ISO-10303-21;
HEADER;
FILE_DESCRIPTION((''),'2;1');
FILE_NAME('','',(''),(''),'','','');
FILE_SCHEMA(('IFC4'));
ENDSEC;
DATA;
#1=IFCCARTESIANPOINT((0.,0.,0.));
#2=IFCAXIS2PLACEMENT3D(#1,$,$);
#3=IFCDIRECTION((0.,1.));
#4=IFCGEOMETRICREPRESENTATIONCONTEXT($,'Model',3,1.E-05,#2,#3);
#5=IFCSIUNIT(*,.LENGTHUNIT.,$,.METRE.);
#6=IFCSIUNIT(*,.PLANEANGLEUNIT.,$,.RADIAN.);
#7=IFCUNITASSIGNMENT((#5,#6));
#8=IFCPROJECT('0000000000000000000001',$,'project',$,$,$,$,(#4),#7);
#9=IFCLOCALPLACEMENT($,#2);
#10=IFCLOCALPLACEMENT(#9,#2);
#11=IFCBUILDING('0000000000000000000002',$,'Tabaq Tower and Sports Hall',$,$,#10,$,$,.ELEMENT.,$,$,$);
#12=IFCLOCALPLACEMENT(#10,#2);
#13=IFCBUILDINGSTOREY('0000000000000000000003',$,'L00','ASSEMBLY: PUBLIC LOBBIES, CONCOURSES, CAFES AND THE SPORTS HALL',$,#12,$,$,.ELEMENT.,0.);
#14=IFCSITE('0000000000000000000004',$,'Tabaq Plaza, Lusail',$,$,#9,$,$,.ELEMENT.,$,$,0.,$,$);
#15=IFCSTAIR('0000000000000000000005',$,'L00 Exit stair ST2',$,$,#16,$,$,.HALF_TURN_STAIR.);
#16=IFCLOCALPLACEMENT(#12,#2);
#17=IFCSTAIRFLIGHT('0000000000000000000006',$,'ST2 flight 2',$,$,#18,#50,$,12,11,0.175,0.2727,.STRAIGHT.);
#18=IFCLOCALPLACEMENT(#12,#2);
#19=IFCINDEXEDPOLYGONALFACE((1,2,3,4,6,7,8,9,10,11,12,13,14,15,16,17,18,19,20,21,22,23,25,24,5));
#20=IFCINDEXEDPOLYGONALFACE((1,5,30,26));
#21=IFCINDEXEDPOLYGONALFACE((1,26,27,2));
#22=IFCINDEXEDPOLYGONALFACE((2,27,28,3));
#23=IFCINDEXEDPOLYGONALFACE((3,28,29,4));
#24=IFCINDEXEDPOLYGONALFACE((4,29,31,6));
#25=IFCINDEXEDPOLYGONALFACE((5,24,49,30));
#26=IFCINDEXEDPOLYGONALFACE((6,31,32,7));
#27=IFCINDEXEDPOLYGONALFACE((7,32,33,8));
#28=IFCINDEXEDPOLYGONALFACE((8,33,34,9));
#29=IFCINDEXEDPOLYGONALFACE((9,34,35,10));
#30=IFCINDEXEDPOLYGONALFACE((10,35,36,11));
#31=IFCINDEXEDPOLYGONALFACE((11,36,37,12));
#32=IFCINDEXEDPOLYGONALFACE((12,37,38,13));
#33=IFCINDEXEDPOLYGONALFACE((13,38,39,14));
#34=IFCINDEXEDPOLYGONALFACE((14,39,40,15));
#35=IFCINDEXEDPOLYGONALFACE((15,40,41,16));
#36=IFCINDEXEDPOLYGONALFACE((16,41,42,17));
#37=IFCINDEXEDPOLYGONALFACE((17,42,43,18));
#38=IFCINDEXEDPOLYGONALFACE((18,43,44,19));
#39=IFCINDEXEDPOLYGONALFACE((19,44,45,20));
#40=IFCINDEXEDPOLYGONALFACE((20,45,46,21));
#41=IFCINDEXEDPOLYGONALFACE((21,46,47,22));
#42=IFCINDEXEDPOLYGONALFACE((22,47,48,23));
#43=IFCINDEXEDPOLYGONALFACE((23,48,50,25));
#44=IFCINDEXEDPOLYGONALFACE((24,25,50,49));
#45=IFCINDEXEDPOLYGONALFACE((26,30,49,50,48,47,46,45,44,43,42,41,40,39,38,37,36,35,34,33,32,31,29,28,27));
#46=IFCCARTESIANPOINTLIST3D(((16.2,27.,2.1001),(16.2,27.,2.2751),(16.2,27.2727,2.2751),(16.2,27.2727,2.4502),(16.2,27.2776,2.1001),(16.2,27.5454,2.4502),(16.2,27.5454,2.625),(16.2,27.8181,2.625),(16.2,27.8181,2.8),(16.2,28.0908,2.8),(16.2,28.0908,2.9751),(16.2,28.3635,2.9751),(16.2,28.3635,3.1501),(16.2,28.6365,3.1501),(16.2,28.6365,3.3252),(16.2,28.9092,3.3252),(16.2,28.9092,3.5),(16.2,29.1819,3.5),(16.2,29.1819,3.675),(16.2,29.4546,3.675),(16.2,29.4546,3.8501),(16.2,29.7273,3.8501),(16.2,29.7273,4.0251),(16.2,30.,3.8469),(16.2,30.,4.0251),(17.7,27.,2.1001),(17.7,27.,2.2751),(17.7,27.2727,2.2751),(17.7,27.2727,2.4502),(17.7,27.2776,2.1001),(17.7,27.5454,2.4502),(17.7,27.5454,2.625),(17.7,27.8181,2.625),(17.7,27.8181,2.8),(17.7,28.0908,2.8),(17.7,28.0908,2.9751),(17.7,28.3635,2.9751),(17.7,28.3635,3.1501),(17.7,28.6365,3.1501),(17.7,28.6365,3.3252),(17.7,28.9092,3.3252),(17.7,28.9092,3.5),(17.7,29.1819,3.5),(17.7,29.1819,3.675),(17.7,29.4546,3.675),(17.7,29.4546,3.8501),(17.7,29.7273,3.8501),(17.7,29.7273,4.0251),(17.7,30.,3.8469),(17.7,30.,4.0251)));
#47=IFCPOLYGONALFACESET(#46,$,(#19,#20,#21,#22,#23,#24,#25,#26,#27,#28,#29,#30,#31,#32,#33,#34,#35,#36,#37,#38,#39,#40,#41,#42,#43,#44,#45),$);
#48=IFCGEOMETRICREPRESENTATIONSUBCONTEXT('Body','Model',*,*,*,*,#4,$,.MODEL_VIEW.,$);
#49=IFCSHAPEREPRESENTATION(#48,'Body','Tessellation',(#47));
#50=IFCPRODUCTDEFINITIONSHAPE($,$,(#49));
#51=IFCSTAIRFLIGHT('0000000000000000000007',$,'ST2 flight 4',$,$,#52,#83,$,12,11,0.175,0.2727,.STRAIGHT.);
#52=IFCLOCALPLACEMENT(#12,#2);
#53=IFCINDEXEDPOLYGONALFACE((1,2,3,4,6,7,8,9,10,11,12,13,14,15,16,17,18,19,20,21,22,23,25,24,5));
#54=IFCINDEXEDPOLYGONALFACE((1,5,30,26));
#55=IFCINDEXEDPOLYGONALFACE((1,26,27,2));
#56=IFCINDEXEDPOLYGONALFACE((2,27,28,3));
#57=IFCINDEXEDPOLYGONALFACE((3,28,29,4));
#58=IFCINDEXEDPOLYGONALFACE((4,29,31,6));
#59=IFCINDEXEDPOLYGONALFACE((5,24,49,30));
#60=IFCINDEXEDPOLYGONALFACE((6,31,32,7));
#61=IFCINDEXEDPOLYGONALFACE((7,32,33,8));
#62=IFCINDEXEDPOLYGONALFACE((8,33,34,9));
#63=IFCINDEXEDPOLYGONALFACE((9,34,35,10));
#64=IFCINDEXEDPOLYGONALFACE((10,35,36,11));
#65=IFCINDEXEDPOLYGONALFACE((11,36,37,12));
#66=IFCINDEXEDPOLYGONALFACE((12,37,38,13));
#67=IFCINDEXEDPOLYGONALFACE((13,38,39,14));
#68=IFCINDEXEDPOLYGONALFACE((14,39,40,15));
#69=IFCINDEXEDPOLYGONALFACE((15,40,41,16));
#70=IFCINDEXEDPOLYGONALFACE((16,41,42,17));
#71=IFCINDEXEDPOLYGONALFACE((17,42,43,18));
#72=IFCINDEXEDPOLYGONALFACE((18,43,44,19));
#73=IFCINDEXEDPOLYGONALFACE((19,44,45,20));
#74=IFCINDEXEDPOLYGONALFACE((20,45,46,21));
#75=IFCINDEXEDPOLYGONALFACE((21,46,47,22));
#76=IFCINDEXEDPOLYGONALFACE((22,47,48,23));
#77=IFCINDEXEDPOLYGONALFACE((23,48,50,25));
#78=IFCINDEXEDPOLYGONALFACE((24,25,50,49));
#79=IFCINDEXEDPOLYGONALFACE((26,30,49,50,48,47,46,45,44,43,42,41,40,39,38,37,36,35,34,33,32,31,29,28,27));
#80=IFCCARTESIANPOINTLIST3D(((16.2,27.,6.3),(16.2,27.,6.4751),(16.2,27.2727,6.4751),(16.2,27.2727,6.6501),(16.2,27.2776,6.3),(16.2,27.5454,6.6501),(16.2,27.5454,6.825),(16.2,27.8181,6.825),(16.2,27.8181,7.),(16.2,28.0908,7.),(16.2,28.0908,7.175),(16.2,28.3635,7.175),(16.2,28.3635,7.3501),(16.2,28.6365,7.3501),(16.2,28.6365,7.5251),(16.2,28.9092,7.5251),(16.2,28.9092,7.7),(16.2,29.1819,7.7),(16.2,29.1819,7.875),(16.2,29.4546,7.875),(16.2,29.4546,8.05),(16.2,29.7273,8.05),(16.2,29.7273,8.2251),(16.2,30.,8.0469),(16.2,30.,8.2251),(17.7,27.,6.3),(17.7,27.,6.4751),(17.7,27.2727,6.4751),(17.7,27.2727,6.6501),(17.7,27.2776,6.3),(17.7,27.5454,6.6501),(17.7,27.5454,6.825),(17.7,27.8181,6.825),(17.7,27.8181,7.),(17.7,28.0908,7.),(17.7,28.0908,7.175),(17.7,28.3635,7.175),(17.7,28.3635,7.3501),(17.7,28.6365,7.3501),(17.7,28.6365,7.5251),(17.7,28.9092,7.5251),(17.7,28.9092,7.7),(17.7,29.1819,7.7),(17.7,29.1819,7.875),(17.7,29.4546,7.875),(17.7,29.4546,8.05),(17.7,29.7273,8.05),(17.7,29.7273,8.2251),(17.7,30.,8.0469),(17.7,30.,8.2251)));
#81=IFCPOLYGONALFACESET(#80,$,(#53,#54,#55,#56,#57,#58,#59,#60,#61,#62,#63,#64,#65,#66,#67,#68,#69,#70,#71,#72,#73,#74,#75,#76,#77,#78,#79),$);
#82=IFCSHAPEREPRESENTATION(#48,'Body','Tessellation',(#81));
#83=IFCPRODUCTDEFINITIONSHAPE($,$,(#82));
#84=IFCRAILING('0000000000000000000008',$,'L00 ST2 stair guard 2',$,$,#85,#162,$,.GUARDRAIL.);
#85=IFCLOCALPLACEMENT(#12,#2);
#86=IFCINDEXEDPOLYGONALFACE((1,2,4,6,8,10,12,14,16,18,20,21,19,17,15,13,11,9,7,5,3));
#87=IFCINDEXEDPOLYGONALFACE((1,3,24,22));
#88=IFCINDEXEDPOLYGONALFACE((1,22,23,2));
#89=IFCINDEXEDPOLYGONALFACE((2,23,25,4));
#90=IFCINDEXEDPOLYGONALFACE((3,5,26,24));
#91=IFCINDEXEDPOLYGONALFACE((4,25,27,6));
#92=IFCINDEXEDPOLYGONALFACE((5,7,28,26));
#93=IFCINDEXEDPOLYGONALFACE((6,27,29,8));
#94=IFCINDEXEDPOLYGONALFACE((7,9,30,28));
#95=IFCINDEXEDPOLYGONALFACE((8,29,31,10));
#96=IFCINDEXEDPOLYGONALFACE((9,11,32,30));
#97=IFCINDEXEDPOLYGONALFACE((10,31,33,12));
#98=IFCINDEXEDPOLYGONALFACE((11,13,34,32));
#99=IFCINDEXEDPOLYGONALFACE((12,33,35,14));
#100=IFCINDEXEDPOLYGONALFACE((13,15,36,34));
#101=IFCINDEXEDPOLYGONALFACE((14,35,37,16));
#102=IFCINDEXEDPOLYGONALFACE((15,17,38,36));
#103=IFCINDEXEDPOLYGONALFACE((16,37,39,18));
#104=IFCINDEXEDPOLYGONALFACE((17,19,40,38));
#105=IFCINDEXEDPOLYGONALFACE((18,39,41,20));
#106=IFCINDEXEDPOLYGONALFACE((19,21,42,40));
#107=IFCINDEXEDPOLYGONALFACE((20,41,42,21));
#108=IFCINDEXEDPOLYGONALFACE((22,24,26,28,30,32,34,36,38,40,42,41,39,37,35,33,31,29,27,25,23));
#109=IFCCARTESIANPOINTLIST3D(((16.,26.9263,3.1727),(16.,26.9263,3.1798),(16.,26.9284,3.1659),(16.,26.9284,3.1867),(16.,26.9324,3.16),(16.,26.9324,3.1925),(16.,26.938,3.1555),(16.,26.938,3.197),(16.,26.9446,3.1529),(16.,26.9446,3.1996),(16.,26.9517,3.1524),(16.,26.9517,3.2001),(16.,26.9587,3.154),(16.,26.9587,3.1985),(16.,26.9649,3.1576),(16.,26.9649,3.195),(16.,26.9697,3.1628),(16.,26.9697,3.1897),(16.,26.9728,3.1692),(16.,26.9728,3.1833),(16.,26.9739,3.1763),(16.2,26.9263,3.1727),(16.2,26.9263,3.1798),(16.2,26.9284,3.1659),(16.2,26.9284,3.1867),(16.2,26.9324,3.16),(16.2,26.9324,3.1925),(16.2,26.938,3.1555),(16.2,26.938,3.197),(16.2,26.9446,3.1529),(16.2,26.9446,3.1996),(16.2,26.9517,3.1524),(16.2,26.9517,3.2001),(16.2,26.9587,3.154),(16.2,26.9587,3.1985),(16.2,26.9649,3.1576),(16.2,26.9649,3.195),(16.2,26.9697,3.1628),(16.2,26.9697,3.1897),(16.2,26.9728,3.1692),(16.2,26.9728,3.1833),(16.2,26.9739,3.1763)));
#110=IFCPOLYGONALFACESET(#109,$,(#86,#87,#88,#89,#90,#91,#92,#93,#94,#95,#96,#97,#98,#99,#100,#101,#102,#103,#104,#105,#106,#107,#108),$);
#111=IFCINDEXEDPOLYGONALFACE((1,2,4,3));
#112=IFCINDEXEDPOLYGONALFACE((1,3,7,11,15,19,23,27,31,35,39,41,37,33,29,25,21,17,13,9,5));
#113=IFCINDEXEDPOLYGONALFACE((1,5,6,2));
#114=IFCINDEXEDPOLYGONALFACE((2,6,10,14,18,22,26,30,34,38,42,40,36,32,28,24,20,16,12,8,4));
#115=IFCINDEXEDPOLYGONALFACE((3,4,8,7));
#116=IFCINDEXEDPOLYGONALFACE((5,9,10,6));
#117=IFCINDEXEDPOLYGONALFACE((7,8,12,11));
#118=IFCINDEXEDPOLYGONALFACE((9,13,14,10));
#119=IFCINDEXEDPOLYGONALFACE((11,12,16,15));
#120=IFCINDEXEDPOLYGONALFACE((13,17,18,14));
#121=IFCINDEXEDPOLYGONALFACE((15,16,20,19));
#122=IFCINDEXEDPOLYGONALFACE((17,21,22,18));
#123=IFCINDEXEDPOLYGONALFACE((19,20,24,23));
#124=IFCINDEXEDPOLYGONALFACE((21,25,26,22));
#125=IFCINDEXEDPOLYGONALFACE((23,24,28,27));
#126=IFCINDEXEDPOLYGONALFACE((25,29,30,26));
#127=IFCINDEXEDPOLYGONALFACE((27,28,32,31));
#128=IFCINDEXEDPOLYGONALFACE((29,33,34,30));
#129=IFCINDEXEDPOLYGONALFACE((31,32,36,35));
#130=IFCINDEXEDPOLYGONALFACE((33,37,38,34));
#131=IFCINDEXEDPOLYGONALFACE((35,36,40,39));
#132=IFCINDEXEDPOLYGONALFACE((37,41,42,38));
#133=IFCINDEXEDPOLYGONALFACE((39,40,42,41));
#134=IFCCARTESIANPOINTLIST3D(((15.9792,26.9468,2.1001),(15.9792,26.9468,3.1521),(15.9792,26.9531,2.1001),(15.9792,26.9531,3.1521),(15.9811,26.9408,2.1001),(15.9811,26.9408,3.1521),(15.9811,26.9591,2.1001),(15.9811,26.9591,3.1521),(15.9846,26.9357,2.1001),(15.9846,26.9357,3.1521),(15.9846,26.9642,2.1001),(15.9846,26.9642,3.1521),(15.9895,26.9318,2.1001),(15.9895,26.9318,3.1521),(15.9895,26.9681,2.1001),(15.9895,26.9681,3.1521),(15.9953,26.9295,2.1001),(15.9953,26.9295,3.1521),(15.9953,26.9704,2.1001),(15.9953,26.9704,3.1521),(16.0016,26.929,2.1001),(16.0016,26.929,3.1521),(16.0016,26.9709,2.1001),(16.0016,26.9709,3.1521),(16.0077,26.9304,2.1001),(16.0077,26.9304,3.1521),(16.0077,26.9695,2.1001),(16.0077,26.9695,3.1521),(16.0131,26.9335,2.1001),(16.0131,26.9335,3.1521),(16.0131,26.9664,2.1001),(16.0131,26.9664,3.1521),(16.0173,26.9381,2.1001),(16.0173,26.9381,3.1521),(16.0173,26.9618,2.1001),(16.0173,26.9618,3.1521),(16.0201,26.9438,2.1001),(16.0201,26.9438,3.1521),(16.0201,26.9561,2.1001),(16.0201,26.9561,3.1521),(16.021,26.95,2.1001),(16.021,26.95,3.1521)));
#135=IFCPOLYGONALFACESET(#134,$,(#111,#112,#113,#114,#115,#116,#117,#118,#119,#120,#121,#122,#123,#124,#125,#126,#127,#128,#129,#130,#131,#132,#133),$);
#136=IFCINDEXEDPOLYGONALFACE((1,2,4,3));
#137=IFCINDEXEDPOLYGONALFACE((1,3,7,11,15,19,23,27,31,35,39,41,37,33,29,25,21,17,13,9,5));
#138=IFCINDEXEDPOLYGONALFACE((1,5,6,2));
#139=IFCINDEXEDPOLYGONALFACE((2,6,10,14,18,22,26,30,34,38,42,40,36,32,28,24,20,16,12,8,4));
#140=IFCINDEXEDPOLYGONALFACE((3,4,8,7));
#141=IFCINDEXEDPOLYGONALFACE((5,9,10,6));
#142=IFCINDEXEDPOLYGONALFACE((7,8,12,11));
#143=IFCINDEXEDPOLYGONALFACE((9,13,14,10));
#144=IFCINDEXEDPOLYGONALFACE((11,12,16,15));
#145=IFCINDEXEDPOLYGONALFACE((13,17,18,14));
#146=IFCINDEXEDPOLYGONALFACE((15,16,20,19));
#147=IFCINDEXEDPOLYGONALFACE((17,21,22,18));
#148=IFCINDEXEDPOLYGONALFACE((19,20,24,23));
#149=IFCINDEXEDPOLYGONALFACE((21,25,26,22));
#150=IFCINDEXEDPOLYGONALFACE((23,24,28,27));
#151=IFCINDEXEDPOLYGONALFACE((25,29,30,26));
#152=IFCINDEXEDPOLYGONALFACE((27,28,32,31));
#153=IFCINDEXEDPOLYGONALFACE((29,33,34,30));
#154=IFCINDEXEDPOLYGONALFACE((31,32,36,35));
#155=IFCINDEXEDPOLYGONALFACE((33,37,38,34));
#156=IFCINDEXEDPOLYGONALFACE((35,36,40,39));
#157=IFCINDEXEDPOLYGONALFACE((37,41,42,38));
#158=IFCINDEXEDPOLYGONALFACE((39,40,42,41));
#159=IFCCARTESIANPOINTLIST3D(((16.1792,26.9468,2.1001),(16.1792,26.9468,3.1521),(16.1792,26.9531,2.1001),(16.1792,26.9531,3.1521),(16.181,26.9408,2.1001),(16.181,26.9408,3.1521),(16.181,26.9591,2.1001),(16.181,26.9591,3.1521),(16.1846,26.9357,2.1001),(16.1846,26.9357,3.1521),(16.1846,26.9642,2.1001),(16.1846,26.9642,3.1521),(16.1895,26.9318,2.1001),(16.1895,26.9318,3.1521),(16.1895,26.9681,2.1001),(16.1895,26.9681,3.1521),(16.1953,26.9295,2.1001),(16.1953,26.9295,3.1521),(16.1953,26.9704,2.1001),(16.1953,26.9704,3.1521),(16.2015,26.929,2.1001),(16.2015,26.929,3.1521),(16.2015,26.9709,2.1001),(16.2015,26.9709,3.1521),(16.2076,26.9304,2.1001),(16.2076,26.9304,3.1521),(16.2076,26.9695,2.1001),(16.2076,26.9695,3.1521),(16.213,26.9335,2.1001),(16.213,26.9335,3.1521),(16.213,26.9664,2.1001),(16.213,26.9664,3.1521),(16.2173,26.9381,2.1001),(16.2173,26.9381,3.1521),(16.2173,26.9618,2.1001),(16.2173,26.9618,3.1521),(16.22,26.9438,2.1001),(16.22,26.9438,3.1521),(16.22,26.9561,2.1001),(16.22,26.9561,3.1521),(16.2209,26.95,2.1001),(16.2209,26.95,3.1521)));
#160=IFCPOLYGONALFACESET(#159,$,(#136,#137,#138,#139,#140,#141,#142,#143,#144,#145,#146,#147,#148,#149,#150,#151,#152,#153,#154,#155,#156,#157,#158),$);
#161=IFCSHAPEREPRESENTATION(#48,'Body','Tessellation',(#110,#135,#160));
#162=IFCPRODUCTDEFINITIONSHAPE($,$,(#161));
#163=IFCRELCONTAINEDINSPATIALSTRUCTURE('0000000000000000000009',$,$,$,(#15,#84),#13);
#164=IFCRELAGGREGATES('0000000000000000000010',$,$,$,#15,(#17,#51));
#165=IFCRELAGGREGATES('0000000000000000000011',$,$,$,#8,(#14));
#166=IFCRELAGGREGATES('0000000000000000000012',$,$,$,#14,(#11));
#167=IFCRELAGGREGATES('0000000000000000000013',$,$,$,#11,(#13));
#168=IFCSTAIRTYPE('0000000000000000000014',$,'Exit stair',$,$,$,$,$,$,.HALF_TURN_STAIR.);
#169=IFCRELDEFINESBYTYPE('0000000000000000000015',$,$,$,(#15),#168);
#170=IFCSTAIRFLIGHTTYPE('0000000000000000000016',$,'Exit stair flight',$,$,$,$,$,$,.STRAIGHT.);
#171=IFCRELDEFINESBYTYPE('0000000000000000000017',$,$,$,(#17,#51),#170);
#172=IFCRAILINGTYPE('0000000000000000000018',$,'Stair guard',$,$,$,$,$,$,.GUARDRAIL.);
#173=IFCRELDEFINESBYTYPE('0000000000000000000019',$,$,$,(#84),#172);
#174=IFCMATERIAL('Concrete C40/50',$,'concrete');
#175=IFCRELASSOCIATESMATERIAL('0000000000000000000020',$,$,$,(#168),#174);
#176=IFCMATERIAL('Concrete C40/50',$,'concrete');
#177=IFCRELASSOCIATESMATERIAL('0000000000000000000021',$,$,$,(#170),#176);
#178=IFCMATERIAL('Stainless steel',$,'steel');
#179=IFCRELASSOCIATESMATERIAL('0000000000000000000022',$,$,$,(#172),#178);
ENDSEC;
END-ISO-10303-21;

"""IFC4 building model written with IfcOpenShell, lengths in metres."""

from ifc_helpers import new_model, si_unit, direction, frame, origin, origin_2d, place, context, subcontext, project, spatial, polyline, circle, outline, extrude, material, type_object, element, aggregate, save


model = new_model("IFC4")

# Units and contexts
model_context = context("Model", 3, precision=1e-05, world=origin(), true_north=direction((0.0, 1.0)))
body_context = subcontext(model_context, "Body", "Model", "MODEL_VIEW")
ifc_project = project(units=[si_unit("LENGTHUNIT", "METRE"), si_unit("PLANEANGLEUNIT", "RADIAN")], contexts=[model_context])

# Site, building, storey
site_placement = place(None, origin())
site = spatial("IfcSite", under=ifc_project, at=site_placement, Name="Tabaq Plaza, Lusail", CompositionType="ELEMENT", RefElevation=0.0)
building_placement = place(site_placement, origin())
building = spatial("IfcBuilding", under=site, at=building_placement, Name="Tabaq Tower and Sports Hall", CompositionType="ELEMENT")
storey_placement = place(building_placement, origin())
storey = spatial("IfcBuildingStorey", under=building, at=storey_placement, Name="L00", Description="ASSEMBLY: PUBLIC LOBBIES, CONCOURSES, CAFES AND THE SPORTS HALL", CompositionType="ELEMENT", Elevation=0.0)

# Stair, stair flights
ifc_material_1 = material(Name="Concrete C40/50", Category="concrete")
stair_type = type_object("IfcStairType", Name="Exit stair", PredefinedType="HALF_TURN_STAIR", material=ifc_material_1)
stair_placement = place(storey_placement, origin())
stair = element("IfcStair", 1, at=stair_placement, inside=storey, type_object=stair_type, Name="L00 Exit stair ST2", PredefinedType="HALF_TURN_STAIR")
ifc_material_2 = material(Name="Concrete C40/50", Category="concrete")
stair_flight_type = type_object("IfcStairFlightType", Name="Exit stair flight", PredefinedType="STRAIGHT", material=ifc_material_2)
stair_flight_1_placement = place(storey_placement, frame((16.95, 27.0, 2.1001), z_axis=(0.0, 0.0, 1.0), x_axis=(0.0, 1.0, 0.0)))
stair_flight_1 = element("IfcStairFlight", 2, at=stair_flight_1_placement, type_object=stair_flight_type, Name="ST2 flight 2", NumberOfRisers=12, NumberOfTreads=11, PredefinedType="STRAIGHT", RiserHeight=0.175, TreadLength=0.2727, context=body_context, shape_type="SweptSolid", body=[
    extrude(outline(polyline([(0.0, 0.0), (0.0, 0.175), (0.2727, 0.175), (0.2727, 0.3501), (0.5454, 0.3501), (0.5454, 0.5249), (0.8181, 0.5249), (0.8181, 0.7), (1.0908, 0.7), (1.0908, 0.875), (1.3635, 0.875), (1.3635, 1.05), (1.6365, 1.05), (1.6365, 1.2251), (1.9092, 1.2251), (1.9092, 1.3999), (2.1819, 1.3999), (2.1819, 1.575), (2.4546, 1.575), (2.4546, 1.75), (2.7273, 1.75), (2.7273, 1.925), (3.0, 1.925), (3.0, 2.1001), (3.0, 1.7468), (0.2776, 0.0), (0.0, 0.0)])), frame((0.0, 0.75, 0.0), z_axis=(0.0, -1.0, 0.0), x_axis=(1.0, 0.0, 0.0)), (0.0, 0.0, 1.0), 1.5),
])
stair_flight_2_placement = place(storey_placement, frame((16.95, 27.0, 6.3), z_axis=(0.0, 0.0, 1.0), x_axis=(0.0, 1.0, 0.0)))
stair_flight_2 = element("IfcStairFlight", 3, at=stair_flight_2_placement, type_object=stair_flight_type, Name="ST2 flight 4", NumberOfRisers=12, NumberOfTreads=11, PredefinedType="STRAIGHT", RiserHeight=0.175, TreadLength=0.2727, context=body_context, shape_type="SweptSolid", body=[
    extrude(outline(polyline([(0.0, 0.0), (0.0, 0.175), (0.2727, 0.175), (0.2727, 0.3501), (0.5454, 0.3501), (0.5454, 0.5249), (0.8181, 0.5249), (0.8181, 0.7), (1.0908, 0.7), (1.0908, 0.875), (1.3635, 0.875), (1.3635, 1.05), (1.6365, 1.05), (1.6365, 1.2251), (1.9092, 1.2251), (1.9092, 1.3999), (2.1819, 1.3999), (2.1819, 1.575), (2.4546, 1.575), (2.4546, 1.75), (2.7273, 1.75), (2.7273, 1.925), (3.0, 1.925), (3.0, 2.1001), (3.0, 1.7468), (0.2776, 0.0), (0.0, 0.0)])), frame((0.0, 0.75, 0.0), z_axis=(0.0, -1.0, 0.0), x_axis=(1.0, 0.0, 0.0)), (0.0, 0.0, 1.0), 1.5),
])
aggregate(stair, [stair_flight_1, stair_flight_2])

# Railing
ifc_material_3 = material(Name="Stainless steel", Category="steel")
railing_type_1 = type_object("IfcRailingType", Name="Stair guard", PredefinedType="GUARDRAIL", material=ifc_material_3)
railing_1_placement = place(storey_placement, frame((16.0, 26.95, 2.1001)))
element("IfcRailing", 4, at=railing_1_placement, inside=storey, type_object=railing_type_1, Name="L00 ST2 stair guard 2", PredefinedType="GUARDRAIL", context=body_context, shape_type="SweptSolid", body=[
    extrude(circle(Radius=0.0239, at=origin_2d()), frame((0.0, 0.0, 1.0762), z_axis=(1.0, 0.0, 0.0), x_axis=(0.0, 1.0, 0.0)), (0.0, 0.0, 1.0), 0.2),
    extrude(circle(Radius=0.021, at=origin_2d()), origin(), (0.0, 0.0, 1.0), 1.052),
    extrude(circle(Radius=0.021, at=origin_2d()), frame((0.2, 0.0, 0.0)), (0.0, 0.0, 1.0), 1.052),
])

save(model, "model.ifc")
